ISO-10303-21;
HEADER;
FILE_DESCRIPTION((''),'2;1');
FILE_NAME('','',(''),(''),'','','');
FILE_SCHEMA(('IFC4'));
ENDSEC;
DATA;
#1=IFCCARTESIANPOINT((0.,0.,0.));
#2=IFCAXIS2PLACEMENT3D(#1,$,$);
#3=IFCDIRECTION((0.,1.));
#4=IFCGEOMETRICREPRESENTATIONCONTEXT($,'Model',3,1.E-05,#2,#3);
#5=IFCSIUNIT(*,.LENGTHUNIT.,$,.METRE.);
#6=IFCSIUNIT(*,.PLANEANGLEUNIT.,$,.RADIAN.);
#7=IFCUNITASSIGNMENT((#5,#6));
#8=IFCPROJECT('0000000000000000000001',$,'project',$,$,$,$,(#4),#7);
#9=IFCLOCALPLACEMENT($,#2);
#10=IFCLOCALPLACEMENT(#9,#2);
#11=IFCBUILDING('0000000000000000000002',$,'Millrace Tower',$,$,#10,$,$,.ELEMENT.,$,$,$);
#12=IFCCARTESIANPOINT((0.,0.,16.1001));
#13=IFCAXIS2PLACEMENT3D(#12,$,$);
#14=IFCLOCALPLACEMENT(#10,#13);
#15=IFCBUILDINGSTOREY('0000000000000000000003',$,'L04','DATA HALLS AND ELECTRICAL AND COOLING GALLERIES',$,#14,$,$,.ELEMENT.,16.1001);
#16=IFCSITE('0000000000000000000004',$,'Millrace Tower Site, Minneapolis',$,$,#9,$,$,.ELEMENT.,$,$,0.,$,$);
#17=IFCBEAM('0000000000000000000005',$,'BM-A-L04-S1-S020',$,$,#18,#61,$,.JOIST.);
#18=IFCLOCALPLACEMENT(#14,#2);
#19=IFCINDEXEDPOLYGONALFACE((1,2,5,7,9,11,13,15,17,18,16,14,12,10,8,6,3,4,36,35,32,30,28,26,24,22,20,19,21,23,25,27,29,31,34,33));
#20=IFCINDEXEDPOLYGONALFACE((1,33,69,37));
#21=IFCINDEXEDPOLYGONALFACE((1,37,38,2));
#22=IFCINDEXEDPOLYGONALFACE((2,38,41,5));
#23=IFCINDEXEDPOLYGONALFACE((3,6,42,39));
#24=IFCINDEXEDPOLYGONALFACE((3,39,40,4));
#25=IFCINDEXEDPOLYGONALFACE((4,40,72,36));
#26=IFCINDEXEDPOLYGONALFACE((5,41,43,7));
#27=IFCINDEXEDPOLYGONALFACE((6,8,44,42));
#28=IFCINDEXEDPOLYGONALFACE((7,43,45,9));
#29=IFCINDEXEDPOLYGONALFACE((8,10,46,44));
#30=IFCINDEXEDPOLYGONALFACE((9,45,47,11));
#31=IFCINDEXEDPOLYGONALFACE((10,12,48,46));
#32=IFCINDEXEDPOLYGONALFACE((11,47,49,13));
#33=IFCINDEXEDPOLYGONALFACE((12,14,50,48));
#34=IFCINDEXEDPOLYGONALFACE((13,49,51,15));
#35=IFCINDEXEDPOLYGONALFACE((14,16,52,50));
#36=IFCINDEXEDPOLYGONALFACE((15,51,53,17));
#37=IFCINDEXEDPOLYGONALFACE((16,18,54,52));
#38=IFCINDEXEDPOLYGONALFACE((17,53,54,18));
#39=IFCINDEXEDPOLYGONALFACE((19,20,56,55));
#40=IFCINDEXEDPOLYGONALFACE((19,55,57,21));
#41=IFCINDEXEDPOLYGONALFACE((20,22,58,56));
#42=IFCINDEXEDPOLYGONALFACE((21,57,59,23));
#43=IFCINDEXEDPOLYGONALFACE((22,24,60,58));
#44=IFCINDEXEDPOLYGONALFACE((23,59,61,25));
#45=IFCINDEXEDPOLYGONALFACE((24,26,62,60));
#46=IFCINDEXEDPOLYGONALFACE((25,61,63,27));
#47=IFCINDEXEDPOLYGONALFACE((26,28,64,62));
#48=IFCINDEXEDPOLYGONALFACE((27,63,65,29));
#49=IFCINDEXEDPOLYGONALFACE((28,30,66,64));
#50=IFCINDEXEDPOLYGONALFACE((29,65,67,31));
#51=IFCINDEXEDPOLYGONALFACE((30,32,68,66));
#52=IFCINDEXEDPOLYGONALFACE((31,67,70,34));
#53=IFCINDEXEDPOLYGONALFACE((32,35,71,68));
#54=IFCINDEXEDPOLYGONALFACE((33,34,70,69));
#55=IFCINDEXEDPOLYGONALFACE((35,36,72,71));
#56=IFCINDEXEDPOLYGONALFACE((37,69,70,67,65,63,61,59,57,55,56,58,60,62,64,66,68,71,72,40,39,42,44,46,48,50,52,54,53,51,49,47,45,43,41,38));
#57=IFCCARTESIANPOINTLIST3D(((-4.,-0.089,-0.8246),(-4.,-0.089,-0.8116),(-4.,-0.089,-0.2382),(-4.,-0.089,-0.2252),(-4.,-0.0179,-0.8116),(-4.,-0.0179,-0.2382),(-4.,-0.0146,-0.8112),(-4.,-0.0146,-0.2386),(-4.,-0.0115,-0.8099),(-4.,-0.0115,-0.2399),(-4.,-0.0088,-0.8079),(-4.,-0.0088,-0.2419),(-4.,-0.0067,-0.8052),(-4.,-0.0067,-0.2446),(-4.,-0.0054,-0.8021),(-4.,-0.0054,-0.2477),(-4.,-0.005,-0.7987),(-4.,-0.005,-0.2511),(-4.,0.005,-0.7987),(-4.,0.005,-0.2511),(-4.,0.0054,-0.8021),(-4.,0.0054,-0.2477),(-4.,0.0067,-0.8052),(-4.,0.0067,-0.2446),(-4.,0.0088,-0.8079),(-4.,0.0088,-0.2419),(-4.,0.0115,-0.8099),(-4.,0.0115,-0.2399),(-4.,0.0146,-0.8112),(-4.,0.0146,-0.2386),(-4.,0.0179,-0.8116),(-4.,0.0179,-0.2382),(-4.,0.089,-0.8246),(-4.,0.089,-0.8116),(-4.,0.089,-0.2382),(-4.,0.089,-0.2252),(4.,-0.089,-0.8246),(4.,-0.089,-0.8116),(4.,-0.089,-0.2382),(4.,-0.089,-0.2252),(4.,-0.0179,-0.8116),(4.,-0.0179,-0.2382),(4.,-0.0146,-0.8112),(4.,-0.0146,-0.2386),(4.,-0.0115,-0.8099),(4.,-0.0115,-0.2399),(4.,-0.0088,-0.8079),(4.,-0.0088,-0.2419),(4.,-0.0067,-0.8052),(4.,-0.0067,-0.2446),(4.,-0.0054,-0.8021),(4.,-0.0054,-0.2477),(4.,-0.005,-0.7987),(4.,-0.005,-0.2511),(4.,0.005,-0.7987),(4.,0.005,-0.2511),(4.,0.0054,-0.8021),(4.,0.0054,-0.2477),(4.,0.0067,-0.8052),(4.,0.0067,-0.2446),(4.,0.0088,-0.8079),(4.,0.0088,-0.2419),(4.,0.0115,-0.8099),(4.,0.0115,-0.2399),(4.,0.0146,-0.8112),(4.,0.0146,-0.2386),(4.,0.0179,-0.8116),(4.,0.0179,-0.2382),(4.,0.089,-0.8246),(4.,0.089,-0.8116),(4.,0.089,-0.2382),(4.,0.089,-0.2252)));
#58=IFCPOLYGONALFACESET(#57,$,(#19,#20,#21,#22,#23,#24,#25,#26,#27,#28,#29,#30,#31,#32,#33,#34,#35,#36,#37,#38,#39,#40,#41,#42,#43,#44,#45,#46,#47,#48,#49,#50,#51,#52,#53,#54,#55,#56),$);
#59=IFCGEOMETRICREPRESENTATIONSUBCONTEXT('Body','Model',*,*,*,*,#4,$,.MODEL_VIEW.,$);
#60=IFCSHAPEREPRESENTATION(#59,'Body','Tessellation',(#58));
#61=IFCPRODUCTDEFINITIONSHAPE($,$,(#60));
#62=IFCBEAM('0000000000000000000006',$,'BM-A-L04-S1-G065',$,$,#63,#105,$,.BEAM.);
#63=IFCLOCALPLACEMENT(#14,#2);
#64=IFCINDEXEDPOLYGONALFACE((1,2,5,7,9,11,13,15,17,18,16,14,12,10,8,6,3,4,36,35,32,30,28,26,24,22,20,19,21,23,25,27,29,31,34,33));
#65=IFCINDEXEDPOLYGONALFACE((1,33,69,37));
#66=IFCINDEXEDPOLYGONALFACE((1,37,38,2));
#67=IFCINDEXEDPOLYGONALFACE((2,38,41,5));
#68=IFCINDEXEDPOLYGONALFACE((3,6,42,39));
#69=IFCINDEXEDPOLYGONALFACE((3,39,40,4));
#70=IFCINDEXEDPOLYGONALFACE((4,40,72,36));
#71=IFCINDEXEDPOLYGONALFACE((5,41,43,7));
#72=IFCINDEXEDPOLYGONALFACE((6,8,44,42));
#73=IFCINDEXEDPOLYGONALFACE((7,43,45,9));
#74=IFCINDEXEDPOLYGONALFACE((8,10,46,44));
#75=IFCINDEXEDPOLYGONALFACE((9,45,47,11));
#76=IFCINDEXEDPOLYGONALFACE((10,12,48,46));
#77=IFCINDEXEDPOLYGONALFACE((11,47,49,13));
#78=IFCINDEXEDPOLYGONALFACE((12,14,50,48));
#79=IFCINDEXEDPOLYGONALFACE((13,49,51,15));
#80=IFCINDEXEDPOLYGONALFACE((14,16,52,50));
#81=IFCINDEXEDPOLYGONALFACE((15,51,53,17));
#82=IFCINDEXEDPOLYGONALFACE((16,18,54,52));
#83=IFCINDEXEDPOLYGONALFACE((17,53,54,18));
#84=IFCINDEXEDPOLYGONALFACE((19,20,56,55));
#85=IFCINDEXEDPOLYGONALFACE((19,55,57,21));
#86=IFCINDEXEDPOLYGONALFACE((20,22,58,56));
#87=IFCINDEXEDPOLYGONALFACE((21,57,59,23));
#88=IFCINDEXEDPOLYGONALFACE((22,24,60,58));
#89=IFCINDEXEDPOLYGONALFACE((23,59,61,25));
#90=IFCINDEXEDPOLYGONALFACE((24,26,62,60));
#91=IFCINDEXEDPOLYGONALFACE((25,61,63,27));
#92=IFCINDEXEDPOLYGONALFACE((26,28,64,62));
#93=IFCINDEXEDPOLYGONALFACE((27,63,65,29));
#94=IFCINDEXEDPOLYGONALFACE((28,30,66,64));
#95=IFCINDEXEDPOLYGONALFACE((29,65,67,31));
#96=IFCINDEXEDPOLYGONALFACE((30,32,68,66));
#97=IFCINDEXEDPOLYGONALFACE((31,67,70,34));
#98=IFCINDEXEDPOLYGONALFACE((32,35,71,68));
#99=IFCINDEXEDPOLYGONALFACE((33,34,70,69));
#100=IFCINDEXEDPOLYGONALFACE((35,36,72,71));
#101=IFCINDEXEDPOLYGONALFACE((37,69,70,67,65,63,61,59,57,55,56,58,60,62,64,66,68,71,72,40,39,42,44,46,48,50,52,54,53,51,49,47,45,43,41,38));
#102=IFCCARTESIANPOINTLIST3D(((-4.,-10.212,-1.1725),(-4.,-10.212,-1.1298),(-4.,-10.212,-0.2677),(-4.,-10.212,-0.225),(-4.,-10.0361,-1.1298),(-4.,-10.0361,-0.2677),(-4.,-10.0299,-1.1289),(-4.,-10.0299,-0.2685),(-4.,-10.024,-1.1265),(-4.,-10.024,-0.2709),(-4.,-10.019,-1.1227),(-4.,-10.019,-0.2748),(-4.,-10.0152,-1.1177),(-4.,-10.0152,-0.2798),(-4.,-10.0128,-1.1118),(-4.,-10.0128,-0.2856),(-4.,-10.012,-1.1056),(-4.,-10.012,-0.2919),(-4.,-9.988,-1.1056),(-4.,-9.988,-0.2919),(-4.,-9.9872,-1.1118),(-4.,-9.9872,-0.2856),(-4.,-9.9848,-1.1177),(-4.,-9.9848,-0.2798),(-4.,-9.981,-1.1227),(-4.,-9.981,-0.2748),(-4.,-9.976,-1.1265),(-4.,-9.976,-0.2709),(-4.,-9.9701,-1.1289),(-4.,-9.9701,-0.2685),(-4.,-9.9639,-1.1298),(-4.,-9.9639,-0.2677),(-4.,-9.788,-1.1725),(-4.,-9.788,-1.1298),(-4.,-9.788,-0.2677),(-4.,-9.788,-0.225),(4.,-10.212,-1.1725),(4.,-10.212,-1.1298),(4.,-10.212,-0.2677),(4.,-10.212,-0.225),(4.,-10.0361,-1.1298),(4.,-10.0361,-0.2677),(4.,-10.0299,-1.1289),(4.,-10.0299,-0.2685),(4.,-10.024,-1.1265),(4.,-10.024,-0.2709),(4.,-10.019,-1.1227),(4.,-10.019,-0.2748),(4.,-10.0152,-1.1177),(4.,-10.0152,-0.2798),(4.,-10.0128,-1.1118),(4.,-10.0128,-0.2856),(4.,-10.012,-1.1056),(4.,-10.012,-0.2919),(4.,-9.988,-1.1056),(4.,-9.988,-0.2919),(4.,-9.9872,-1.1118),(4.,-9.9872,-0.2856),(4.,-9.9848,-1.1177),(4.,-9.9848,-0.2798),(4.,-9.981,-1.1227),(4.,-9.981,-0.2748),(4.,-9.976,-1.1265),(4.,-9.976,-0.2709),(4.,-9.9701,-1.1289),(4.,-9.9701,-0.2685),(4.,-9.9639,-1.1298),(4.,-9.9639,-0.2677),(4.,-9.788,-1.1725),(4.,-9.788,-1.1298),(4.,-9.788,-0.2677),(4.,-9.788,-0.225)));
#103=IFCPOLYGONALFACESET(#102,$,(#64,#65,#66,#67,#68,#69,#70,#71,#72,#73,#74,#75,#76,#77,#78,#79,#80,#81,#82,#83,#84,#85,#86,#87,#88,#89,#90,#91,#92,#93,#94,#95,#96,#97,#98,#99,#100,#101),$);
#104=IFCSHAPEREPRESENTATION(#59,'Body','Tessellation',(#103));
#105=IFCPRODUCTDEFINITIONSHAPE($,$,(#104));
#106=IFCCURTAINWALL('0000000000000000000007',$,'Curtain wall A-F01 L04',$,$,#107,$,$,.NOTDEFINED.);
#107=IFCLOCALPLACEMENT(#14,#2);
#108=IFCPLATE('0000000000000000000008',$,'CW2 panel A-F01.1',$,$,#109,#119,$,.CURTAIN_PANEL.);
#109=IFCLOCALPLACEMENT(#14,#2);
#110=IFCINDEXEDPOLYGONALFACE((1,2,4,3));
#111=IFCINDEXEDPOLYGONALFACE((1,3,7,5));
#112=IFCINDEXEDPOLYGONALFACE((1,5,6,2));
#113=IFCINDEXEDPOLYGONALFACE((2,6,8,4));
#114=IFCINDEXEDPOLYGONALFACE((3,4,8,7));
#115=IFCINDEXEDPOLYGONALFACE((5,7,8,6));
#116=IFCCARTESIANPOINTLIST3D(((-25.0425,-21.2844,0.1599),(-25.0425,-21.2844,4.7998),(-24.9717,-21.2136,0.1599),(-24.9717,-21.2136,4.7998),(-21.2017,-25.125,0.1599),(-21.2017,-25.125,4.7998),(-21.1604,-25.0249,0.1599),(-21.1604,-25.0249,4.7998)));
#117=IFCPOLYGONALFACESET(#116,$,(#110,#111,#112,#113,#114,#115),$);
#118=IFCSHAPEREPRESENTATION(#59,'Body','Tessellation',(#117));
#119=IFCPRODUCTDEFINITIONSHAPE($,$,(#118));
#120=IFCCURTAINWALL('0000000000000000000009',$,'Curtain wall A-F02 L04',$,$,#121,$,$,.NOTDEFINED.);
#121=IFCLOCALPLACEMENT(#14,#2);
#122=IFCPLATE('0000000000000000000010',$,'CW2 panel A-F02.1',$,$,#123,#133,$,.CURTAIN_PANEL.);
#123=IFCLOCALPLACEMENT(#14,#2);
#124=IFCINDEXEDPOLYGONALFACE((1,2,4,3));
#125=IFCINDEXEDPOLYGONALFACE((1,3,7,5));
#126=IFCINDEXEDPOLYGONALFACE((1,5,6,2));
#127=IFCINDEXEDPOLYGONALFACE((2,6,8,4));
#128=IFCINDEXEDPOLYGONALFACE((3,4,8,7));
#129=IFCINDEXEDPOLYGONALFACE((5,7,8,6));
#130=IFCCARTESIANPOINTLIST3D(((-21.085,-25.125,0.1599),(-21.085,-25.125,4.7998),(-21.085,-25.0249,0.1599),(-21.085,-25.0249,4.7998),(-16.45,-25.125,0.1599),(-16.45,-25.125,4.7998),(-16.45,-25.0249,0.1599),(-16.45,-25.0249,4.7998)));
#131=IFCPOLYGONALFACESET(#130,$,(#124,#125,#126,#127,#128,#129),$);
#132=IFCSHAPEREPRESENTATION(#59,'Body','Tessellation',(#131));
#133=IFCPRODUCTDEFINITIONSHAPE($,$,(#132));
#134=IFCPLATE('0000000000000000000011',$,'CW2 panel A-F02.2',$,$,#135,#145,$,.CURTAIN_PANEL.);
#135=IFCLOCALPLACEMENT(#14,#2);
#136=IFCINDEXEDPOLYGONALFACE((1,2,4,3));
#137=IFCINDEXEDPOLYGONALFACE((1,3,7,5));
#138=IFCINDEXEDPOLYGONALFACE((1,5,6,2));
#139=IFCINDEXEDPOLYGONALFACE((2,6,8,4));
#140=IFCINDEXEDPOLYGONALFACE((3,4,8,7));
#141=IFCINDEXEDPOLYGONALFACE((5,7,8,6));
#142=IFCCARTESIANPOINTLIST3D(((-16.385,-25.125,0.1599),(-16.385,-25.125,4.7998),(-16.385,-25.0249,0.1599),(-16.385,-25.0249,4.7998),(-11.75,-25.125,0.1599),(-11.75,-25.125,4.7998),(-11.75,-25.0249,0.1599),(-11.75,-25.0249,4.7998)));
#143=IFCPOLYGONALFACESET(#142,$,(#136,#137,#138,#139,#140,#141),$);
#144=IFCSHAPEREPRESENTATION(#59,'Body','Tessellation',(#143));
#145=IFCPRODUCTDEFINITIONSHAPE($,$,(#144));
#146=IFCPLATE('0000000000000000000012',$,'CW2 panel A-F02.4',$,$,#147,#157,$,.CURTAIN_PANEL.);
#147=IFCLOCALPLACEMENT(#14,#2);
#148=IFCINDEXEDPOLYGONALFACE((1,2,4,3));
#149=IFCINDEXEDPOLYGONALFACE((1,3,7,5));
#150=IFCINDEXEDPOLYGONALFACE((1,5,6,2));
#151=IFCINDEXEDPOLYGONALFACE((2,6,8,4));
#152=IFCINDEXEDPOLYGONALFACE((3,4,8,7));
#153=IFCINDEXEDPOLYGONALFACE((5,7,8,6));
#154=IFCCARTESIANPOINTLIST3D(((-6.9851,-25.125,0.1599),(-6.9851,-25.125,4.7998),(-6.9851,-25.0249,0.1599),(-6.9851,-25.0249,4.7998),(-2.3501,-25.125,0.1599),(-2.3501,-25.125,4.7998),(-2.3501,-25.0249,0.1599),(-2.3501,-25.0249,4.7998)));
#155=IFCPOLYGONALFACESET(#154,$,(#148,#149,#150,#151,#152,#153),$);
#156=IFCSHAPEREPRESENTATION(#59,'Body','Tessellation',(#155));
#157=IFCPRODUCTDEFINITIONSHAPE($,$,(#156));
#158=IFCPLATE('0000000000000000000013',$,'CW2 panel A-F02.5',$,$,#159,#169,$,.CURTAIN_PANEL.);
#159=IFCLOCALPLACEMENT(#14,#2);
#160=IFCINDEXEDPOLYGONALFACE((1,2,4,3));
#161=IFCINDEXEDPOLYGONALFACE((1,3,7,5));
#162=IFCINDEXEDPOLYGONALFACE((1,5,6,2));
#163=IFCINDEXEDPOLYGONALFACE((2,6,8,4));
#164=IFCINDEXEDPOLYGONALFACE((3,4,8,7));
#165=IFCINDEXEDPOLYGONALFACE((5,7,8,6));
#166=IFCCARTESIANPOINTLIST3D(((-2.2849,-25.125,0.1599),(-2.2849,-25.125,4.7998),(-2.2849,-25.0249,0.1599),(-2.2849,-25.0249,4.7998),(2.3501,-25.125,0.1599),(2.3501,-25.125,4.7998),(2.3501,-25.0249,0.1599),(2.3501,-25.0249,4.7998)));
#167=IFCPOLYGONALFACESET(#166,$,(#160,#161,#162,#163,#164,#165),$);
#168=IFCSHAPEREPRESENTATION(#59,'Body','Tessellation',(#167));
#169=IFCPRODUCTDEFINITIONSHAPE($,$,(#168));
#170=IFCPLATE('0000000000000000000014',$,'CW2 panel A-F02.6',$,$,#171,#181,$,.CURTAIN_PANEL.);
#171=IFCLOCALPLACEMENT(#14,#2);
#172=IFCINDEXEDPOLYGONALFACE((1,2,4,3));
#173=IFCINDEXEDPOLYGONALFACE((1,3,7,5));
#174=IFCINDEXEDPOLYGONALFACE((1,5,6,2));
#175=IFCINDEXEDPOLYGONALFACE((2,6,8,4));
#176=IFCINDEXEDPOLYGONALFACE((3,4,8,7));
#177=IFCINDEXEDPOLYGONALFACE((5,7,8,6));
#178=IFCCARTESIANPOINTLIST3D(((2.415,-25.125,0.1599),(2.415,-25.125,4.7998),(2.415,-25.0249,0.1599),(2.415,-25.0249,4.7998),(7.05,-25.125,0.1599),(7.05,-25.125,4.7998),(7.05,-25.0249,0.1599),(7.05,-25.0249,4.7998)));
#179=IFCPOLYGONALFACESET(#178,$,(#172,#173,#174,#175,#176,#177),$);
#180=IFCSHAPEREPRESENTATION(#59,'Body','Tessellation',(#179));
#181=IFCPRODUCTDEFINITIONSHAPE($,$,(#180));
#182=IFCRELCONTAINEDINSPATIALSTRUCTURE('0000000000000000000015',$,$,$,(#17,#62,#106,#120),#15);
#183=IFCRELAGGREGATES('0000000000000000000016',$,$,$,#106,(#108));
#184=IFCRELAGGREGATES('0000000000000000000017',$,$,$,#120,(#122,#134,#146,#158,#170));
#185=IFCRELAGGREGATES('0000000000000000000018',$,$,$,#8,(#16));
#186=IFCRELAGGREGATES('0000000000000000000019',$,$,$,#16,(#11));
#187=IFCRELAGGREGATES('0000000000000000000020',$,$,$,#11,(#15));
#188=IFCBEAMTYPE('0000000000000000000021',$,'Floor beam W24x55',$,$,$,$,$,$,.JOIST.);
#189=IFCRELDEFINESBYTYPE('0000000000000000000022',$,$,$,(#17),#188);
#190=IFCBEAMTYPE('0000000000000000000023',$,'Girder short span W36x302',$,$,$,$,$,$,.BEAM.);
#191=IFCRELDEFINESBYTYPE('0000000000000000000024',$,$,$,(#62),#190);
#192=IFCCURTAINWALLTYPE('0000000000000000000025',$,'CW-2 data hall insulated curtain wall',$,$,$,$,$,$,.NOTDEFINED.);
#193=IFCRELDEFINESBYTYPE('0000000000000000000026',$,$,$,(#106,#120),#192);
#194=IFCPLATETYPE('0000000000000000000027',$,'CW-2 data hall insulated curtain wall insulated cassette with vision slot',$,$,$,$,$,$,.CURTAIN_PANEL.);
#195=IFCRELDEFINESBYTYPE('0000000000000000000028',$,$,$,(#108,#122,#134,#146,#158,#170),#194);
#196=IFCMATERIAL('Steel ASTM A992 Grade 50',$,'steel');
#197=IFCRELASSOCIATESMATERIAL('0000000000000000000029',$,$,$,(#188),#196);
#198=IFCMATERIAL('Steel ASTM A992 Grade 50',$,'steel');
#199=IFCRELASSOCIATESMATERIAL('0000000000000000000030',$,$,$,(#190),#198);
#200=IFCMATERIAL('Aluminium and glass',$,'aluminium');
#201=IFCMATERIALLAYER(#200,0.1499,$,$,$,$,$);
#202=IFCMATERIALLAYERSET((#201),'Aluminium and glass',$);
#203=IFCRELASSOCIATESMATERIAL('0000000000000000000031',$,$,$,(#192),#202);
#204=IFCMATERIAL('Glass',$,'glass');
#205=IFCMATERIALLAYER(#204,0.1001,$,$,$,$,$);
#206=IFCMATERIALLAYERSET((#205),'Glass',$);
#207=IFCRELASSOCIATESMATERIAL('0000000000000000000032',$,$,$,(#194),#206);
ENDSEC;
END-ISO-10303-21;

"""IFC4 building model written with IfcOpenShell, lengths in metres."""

from ifc_helpers import new_model, si_unit, direction, frame, origin, origin_2d, place, context, subcontext, project, spatial, polyline, i_section, outline, extrude, material, layer, layer_set, material_profile, profile_set, type_object, element, aggregate, save


model = new_model("IFC4")

# Units and contexts
model_context = context("Model", 3, precision=1e-05, world=origin(), true_north=direction((0.0, 1.0)))
body_context = subcontext(model_context, "Body", "Model", "MODEL_VIEW")
ifc_project = project(units=[si_unit("LENGTHUNIT", "METRE"), si_unit("PLANEANGLEUNIT", "RADIAN")], contexts=[model_context])

# Site, building, storey
site_placement = place(None, origin())
site = spatial("IfcSite", under=ifc_project, at=site_placement, Name="Millrace Tower Site, Minneapolis", CompositionType="ELEMENT", RefElevation=0.0)
building_placement = place(site_placement, origin())
building = spatial("IfcBuilding", under=site, at=building_placement, Name="Millrace Tower", CompositionType="ELEMENT")
storey_placement = place(building_placement, frame((0.0, 0.0, 16.1001)))
storey = spatial("IfcBuildingStorey", under=building, at=storey_placement, Name="L04", Description="DATA HALLS AND ELECTRICAL AND COOLING GALLERIES", CompositionType="ELEMENT", Elevation=16.1001)

# Beams
ifc_material_1 = material(Name="Steel ASTM A992 Grade 50", Category="steel")
ifc_material_profile_1 = material_profile(ifc_material_1, i_section(OverallWidth=0.178, OverallDepth=0.5994, WebThickness=0.01, FlangeThickness=0.0129, FilletRadius=0.0129, at=origin_2d()))
ifc_profile_set_1 = profile_set([ifc_material_profile_1], Name="Steel ASTM A992 Grade 50")
beam_type_1 = type_object("IfcBeamType", Name="Floor beam W24x55", PredefinedType="JOIST", material=ifc_profile_set_1)
for number, where, z_axis, x_axis, name in (
    (1, (-4.0, 0.0, -0.5249), (1.0, 0.0, 0.0), (0.0, 1.0, 0.0), "BM-A-L04-S1-S020"),
):
    element("IfcBeam", number, at=place(storey_placement, frame(where, z_axis=z_axis, x_axis=x_axis)), inside=storey, type_object=beam_type_1, Name=name, PredefinedType="JOIST", context=body_context, shape_type="SweptSolid", body=[
        extrude(i_section(OverallWidth=0.178, OverallDepth=0.5994, WebThickness=0.01, FlangeThickness=0.0129, FilletRadius=0.0129, at=origin_2d()), origin(), (0.0, 0.0, 1.0), 8.0),
    ])
ifc_material_2 = material(Name="Steel ASTM A992 Grade 50", Category="steel")
ifc_material_profile_2 = material_profile(ifc_material_2, i_section(OverallWidth=0.4241, OverallDepth=0.9475, WebThickness=0.0239, FlangeThickness=0.0427, FilletRadius=0.0242, at=origin_2d()))
ifc_profile_set_2 = profile_set([ifc_material_profile_2], Name="Steel ASTM A992 Grade 50")
beam_type_2 = type_object("IfcBeamType", Name="Girder short span W36x302", PredefinedType="BEAM", material=ifc_profile_set_2)
beam_1_placement = place(storey_placement, frame((-4.0, -10.0, -0.6987), z_axis=(1.0, 0.0, 0.0), x_axis=(0.0, 1.0, 0.0)))
element("IfcBeam", 2, at=beam_1_placement, inside=storey, type_object=beam_type_2, Name="BM-A-L04-S1-G065", PredefinedType="BEAM", context=body_context, shape_type="SweptSolid", body=[
    extrude(i_section(OverallWidth=0.4241, OverallDepth=0.9475, WebThickness=0.0239, FlangeThickness=0.0427, FilletRadius=0.0242, at=origin_2d()), origin(), (0.0, 0.0, 1.0), 8.0),
])

# Curtain wall, plate
ifc_material_3 = material(Name="Aluminium and glass", Category="aluminium")
ifc_layer_1 = layer(ifc_material_3, 0.1499)
ifc_layer_set_1 = layer_set([ifc_layer_1], Name="Aluminium and glass")
curtain_wall_type = type_object("IfcCurtainWallType", Name="CW-2 data hall insulated curtain wall", PredefinedType="NOTDEFINED", material=ifc_layer_set_1)
placement_1 = place(storey_placement, origin())
curtain_wall_1 = element("IfcCurtainWall", 3, at=placement_1, inside=storey, type_object=curtain_wall_type, Name="Curtain wall A-F01 L04", PredefinedType="NOTDEFINED")
ifc_material_4 = material(Name="Glass", Category="glass")
ifc_layer_2 = layer(ifc_material_4, 0.1001)
ifc_layer_set_2 = layer_set([ifc_layer_2], Name="Glass")
plate_type = type_object("IfcPlateType", Name="CW-2 data hall insulated curtain wall insulated cassette with vision slot", PredefinedType="CURTAIN_PANEL", material=ifc_layer_set_2)
placement_2 = place(storey_placement, frame((0.0, 0.0, 0.1599)))
plate_1 = element("IfcPlate", 4, at=placement_2, type_object=plate_type, Name="CW2 panel A-F01.1", PredefinedType="CURTAIN_PANEL", context=body_context, shape_type="SweptSolid", body=[
    extrude(outline(polyline([(-25.0425, -21.2844), (-21.2017, -25.125), (-21.1604, -25.0249), (-24.9717, -21.2136), (-25.0425, -21.2844)])), origin(), (0.0, 0.0, 1.0), 4.6399),
])
aggregate(curtain_wall_1, [plate_1])

# Curtain wall, plates
curtain_wall_2 = element("IfcCurtainWall", 5, at=placement_1, inside=storey, type_object=curtain_wall_type, Name="Curtain wall A-F02 L04", PredefinedType="NOTDEFINED")
plate_2 = element("IfcPlate", 6, at=placement_2, type_object=plate_type, Name="CW2 panel A-F02.1", PredefinedType="CURTAIN_PANEL", context=body_context, shape_type="SweptSolid", body=[
    extrude(outline(polyline([(-21.085, -25.125), (-16.45, -25.125), (-16.45, -25.0249), (-21.085, -25.0249), (-21.085, -25.125)])), origin(), (0.0, 0.0, 1.0), 4.6399),
])
plate_3 = element("IfcPlate", 7, at=placement_2, type_object=plate_type, Name="CW2 panel A-F02.2", PredefinedType="CURTAIN_PANEL", context=body_context, shape_type="SweptSolid", body=[
    extrude(outline(polyline([(-16.385, -25.125), (-11.75, -25.125), (-11.75, -25.0249), (-16.385, -25.0249), (-16.385, -25.125)])), origin(), (0.0, 0.0, 1.0), 4.6399),
])
plate_4 = element("IfcPlate", 8, at=placement_2, type_object=plate_type, Name="CW2 panel A-F02.4", PredefinedType="CURTAIN_PANEL", context=body_context, shape_type="SweptSolid", body=[
    extrude(outline(polyline([(-6.9851, -25.125), (-2.3501, -25.125), (-2.3501, -25.0249), (-6.9851, -25.0249), (-6.9851, -25.125)])), origin(), (0.0, 0.0, 1.0), 4.6399),
])
plate_5 = element("IfcPlate", 9, at=placement_2, type_object=plate_type, Name="CW2 panel A-F02.5", PredefinedType="CURTAIN_PANEL", context=body_context, shape_type="SweptSolid", body=[
    extrude(outline(polyline([(-2.2849, -25.125), (2.3501, -25.125), (2.3501, -25.0249), (-2.2849, -25.0249), (-2.2849, -25.125)])), origin(), (0.0, 0.0, 1.0), 4.6399),
])
plate_6 = element("IfcPlate", 10, at=placement_2, type_object=plate_type, Name="CW2 panel A-F02.6", PredefinedType="CURTAIN_PANEL", context=body_context, shape_type="SweptSolid", body=[
    extrude(outline(polyline([(2.415, -25.125), (7.05, -25.125), (7.05, -25.0249), (2.415, -25.0249), (2.415, -25.125)])), origin(), (0.0, 0.0, 1.0), 4.6399),
])
aggregate(curtain_wall_2, [plate_2, plate_3, plate_4, plate_5, plate_6])

save(model, "model.ifc")
